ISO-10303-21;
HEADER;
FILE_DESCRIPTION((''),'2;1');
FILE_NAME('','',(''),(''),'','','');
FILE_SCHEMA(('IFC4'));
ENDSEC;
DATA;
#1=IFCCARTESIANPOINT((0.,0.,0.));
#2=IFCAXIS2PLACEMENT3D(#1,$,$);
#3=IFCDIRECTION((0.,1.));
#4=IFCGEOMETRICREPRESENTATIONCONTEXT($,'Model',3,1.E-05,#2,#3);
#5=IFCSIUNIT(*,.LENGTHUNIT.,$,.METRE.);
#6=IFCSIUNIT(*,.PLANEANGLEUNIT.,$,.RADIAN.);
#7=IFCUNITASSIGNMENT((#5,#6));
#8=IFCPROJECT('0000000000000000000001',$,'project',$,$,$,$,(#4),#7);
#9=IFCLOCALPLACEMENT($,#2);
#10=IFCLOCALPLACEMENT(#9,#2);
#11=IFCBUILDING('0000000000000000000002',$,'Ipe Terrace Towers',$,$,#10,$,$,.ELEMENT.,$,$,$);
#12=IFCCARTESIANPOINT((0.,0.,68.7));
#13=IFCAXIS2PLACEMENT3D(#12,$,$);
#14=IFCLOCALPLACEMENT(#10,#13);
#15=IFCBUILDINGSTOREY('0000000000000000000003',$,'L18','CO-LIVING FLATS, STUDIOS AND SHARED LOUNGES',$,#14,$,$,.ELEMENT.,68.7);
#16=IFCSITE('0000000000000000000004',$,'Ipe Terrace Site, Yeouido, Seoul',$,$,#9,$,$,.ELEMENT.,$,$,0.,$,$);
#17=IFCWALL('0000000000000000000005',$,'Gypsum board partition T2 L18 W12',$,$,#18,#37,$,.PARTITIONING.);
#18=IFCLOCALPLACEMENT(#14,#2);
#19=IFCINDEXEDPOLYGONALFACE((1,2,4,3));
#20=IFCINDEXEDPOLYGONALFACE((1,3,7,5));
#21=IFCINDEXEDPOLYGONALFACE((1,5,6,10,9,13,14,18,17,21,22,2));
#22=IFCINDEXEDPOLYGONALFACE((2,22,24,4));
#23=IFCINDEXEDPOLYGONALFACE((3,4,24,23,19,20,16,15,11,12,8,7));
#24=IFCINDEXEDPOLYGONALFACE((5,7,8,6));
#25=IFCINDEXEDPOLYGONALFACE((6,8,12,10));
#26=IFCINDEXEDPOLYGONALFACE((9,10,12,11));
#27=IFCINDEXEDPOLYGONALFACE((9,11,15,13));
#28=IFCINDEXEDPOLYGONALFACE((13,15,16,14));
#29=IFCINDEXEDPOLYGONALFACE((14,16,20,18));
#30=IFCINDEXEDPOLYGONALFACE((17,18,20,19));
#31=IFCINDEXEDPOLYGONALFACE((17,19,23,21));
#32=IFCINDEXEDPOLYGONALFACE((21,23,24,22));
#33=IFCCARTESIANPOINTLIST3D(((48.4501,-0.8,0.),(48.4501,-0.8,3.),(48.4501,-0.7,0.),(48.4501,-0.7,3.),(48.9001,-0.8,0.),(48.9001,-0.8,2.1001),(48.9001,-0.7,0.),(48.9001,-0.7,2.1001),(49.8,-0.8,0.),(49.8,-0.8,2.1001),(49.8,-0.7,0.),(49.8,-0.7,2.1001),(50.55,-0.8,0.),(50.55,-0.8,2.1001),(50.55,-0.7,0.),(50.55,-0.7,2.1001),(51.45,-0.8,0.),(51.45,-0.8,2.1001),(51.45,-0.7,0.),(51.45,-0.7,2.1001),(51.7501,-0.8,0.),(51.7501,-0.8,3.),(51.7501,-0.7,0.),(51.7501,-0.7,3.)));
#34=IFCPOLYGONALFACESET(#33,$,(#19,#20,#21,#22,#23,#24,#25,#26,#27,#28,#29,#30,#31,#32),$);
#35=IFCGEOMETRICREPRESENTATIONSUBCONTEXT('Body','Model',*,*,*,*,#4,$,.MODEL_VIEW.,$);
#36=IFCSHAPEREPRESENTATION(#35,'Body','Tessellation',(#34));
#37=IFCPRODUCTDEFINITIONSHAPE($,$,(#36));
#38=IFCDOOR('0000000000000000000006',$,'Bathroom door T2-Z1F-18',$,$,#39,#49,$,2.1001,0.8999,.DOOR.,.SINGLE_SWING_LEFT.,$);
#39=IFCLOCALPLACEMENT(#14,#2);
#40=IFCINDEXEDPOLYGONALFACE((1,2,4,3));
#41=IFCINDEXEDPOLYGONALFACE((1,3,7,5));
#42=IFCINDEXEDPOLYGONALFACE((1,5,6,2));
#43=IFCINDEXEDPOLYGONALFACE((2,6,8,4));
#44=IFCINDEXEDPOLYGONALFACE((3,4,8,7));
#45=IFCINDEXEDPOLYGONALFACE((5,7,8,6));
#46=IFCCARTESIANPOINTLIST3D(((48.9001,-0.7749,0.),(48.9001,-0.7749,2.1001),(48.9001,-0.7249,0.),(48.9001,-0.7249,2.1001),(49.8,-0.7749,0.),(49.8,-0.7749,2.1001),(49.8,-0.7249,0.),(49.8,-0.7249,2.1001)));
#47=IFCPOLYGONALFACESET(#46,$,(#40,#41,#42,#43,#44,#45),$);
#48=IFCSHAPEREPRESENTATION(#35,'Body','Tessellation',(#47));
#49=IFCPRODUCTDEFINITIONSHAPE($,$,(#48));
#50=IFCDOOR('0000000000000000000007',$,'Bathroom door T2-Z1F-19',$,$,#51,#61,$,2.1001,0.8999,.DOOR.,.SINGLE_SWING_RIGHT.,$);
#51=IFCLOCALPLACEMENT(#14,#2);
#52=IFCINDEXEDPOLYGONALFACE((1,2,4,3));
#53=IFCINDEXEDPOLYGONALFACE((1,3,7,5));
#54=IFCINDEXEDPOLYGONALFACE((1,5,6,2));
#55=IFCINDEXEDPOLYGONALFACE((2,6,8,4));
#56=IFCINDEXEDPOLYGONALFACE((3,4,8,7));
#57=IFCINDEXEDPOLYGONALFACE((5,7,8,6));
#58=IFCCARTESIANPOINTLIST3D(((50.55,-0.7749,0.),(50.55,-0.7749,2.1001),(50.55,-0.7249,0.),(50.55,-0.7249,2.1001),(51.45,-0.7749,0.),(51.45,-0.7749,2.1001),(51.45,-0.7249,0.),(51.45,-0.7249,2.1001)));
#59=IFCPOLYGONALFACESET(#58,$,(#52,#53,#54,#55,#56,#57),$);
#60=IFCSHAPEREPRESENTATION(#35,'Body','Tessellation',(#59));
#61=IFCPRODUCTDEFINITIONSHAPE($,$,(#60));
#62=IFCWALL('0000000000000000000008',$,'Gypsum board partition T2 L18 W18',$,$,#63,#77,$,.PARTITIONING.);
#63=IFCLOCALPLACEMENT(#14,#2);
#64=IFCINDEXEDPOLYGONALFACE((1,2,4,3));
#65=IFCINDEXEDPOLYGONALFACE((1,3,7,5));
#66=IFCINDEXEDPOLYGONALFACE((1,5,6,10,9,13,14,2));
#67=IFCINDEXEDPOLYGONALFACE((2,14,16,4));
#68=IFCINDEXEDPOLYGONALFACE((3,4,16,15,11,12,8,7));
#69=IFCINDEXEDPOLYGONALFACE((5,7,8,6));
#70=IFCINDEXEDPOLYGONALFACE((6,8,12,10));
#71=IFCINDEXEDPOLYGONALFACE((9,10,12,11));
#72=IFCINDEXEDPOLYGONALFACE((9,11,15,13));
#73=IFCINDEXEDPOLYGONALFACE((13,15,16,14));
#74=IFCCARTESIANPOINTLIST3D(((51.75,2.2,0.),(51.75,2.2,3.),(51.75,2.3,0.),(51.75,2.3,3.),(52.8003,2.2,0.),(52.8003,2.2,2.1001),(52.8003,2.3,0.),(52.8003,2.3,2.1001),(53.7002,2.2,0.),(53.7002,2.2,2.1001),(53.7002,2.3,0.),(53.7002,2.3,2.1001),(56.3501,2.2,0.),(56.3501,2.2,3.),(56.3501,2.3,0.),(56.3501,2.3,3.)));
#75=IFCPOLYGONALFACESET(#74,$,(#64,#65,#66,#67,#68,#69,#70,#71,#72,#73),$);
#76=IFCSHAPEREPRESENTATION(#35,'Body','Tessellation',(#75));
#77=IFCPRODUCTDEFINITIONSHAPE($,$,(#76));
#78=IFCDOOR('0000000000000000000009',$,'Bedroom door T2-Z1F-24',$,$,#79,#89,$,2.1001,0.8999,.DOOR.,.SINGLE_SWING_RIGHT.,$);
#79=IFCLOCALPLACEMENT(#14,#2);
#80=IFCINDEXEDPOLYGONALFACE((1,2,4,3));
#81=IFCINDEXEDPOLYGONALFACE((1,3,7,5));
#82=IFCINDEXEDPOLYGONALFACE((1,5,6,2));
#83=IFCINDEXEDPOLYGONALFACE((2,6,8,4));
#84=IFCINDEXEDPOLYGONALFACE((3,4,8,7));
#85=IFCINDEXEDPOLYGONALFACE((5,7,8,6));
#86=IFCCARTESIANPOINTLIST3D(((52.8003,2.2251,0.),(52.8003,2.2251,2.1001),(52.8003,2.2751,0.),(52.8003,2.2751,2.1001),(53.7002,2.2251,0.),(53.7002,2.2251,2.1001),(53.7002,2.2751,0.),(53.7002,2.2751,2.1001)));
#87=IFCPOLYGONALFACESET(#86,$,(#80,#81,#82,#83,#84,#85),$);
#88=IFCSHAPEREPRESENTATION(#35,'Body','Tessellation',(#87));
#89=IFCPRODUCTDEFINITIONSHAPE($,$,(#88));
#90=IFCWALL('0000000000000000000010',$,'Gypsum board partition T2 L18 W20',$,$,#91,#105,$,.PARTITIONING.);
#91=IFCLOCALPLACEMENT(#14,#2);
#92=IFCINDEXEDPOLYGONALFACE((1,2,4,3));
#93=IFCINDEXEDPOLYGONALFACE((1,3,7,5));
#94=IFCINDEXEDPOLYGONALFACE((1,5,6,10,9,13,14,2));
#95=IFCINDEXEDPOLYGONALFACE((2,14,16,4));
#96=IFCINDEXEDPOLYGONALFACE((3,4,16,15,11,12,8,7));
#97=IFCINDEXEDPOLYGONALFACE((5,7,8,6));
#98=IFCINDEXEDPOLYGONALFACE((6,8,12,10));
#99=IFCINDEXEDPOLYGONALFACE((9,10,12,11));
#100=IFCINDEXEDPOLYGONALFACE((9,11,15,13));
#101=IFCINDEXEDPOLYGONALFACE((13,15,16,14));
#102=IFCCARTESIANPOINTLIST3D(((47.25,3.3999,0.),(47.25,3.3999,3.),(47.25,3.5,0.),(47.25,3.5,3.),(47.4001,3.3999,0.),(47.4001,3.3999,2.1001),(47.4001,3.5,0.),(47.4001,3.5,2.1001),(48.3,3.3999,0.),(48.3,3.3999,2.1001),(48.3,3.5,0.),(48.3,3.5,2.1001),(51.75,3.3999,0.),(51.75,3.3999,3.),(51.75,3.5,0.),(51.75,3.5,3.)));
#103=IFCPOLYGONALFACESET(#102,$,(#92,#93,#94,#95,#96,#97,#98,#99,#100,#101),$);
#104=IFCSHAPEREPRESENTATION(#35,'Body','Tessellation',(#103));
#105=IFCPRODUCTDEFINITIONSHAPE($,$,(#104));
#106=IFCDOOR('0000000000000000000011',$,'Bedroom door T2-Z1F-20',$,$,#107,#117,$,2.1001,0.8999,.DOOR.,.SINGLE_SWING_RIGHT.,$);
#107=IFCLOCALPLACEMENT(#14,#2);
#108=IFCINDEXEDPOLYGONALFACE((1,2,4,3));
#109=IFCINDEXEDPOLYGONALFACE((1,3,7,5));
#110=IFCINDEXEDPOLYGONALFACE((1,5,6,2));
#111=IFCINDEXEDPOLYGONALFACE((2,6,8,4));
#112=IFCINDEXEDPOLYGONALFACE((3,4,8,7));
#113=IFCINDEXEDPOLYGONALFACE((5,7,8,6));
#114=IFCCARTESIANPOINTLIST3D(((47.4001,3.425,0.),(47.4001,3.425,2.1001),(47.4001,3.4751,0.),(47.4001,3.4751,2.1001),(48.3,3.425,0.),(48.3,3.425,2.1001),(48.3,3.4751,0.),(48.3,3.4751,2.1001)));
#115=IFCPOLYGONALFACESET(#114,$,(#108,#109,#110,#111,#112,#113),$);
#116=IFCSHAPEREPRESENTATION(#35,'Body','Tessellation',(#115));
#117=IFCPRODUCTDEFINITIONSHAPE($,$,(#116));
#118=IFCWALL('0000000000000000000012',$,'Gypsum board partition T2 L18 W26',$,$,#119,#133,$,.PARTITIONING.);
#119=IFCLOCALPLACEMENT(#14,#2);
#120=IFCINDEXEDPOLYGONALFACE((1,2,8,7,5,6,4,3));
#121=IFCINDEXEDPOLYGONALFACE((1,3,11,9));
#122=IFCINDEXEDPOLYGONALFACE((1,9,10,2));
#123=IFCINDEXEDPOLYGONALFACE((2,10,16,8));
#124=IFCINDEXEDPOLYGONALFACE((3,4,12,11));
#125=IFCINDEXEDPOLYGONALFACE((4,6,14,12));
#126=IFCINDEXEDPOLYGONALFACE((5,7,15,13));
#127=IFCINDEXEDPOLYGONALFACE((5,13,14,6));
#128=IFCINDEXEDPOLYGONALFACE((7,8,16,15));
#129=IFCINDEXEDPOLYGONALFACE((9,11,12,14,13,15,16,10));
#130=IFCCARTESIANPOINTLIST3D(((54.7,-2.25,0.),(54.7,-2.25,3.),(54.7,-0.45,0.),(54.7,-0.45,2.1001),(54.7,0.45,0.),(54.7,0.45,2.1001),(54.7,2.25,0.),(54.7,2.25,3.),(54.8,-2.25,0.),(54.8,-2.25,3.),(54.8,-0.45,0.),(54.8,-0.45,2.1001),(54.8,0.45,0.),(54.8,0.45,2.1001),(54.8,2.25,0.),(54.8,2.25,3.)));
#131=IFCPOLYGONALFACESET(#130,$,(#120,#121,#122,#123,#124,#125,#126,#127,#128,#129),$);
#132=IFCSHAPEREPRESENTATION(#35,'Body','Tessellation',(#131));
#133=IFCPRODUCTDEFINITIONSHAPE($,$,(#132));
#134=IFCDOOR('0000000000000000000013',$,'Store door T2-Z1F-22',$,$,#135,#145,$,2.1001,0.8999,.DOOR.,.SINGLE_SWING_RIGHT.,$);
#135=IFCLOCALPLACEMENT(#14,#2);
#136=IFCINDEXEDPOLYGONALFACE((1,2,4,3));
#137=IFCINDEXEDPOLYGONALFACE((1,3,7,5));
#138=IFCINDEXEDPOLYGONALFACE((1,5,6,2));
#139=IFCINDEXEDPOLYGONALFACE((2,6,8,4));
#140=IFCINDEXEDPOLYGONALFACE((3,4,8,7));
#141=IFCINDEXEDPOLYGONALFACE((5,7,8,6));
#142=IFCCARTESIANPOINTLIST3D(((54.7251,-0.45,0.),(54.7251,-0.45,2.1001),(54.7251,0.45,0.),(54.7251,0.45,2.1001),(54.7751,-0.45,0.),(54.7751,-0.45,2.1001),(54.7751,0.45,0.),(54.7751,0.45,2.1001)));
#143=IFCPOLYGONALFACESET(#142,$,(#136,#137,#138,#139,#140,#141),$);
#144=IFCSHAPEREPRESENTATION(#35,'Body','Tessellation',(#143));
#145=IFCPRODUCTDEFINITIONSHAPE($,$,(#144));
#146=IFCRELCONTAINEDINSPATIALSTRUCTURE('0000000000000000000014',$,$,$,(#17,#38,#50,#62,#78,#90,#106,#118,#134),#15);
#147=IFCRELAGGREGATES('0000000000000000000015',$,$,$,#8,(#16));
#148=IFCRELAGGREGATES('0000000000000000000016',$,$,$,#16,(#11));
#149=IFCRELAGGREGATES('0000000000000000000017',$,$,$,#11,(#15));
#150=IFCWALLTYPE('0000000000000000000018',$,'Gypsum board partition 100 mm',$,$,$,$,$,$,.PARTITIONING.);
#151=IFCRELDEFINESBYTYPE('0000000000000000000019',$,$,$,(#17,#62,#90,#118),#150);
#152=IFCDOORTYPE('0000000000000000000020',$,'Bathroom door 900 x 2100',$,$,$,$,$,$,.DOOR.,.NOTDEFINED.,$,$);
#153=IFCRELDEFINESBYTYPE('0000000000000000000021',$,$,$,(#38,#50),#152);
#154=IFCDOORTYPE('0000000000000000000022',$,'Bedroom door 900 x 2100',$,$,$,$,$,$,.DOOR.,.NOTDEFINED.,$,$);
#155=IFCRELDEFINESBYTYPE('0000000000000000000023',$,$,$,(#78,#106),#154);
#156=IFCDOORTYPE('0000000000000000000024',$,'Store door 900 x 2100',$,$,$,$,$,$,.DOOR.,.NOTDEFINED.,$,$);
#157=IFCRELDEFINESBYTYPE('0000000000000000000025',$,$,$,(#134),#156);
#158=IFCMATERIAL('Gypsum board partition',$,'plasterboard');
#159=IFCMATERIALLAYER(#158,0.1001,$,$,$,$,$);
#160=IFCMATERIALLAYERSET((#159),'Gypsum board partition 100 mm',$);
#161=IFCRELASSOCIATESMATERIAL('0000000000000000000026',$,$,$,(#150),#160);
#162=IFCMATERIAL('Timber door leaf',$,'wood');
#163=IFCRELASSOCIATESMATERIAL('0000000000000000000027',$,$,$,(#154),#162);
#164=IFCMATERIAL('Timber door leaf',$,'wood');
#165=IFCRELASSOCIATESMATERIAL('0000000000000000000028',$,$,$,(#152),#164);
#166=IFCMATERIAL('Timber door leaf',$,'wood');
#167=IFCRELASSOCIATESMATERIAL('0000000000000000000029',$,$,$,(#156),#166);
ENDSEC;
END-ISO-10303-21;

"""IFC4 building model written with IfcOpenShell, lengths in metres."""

from ifc_helpers import new_model, si_unit, direction, frame, frame_2d, origin, place, context, subcontext, project, spatial, rectangle, extrude, material, layer, layer_set, type_object, element, fill, save


model = new_model("IFC4")

# Units and contexts
model_context = context("Model", 3, precision=1e-05, world=origin(), true_north=direction((0.0, 1.0)))
body_context = subcontext(model_context, "Body", "Model", "MODEL_VIEW")
ifc_project = project(units=[si_unit("LENGTHUNIT", "METRE"), si_unit("PLANEANGLEUNIT", "RADIAN")], contexts=[model_context])

# Site, building, storey
site_placement = place(None, origin())
site = spatial("IfcSite", under=ifc_project, at=site_placement, Name="Ipe Terrace Site, Yeouido, Seoul", CompositionType="ELEMENT", RefElevation=0.0)
building_placement = place(site_placement, origin())
building = spatial("IfcBuilding", under=site, at=building_placement, Name="Ipe Terrace Towers", CompositionType="ELEMENT")
storey_placement = place(building_placement, frame((0.0, 0.0, 68.7)))
storey = spatial("IfcBuildingStorey", under=building, at=storey_placement, Name="L18", Description="CO-LIVING FLATS, STUDIOS AND SHARED LOUNGES", CompositionType="ELEMENT", Elevation=68.7)

# Shared definitions
ifc_material_1 = material(Name="Gypsum board partition", Category="plasterboard")
ifc_layer_1 = layer(ifc_material_1, 0.1001)
ifc_layer_set_1 = layer_set([ifc_layer_1], Name="Gypsum board partition 100 mm")
wall_type_1 = type_object("IfcWallType", Name="Gypsum board partition 100 mm", PredefinedType="PARTITIONING", material=ifc_layer_set_1)
ifc_material_2 = material(Name="Timber door leaf", Category="wood")
door_type_1 = type_object("IfcDoorType", Name="Bedroom door 900 x 2100", OperationType="NOTDEFINED", PredefinedType="DOOR", material=ifc_material_2)

# Wall, openings, doors
wall_1_placement = place(storey_placement, frame((51.75, -0.75, 0.0), z_axis=(0.0, 0.0, 1.0), x_axis=(-1.0, 0.0, 0.0)))
wall_1 = element("IfcWall", 1, at=wall_1_placement, inside=storey, type_object=wall_type_1, Name="Gypsum board partition T2 L18 W12", PredefinedType="PARTITIONING", context=body_context, shape_type="SweptSolid", body=[
    extrude(rectangle(XDim=3.3, YDim=0.1001, at=frame_2d((1.6499, 0.0))), origin(), (0.0, 0.0, 1.0), 3.0),
])
opening_1_placement = place(wall_1_placement, frame((1.95, 0.0, 0.0)))
opening_1 = element("IfcOpeningElement", 2, at=opening_1_placement, cuts=wall_1, PredefinedType="OPENING", context=body_context, shape_type="SweptSolid", body=[
    extrude(rectangle(XDim=0.8999, YDim=2.1001, at=frame_2d((0.45, 1.05))), frame((0.0, 0.0601, 0.0), z_axis=(0.0, -1.0, 0.0), x_axis=(1.0, 0.0, 0.0)), (0.0, 0.0, 1.0), 0.1201),
])
opening_2_placement = place(wall_1_placement, frame((0.3, 0.0, 0.0)))
opening_2 = element("IfcOpeningElement", 3, at=opening_2_placement, cuts=wall_1, PredefinedType="OPENING", context=body_context, shape_type="SweptSolid", body=[
    extrude(rectangle(XDim=0.8999, YDim=2.1001, at=frame_2d((0.45, 1.05))), frame((0.0, 0.0601, 0.0), z_axis=(0.0, -1.0, 0.0), x_axis=(1.0, 0.0, 0.0)), (0.0, 0.0, 1.0), 0.1201),
])
ifc_material_3 = material(Name="Timber door leaf", Category="wood")
door_type_2 = type_object("IfcDoorType", Name="Bathroom door 900 x 2100", OperationType="NOTDEFINED", PredefinedType="DOOR", material=ifc_material_3)
door_1_placement = place(opening_1_placement, origin())
door_1 = element("IfcDoor", 4, at=door_1_placement, inside=storey, type_object=door_type_2, Name="Bathroom door T2-Z1F-18", OperationType="SINGLE_SWING_LEFT", OverallHeight=2.1001, OverallWidth=0.8999, PredefinedType="DOOR", context=body_context, shape_type="SweptSolid", body=[
    extrude(rectangle(XDim=0.8999, YDim=2.1001, at=frame_2d((0.45, 1.05))), frame((0.0, 0.0249, 0.0), z_axis=(0.0, -1.0, 0.0), x_axis=(1.0, 0.0, 0.0)), (0.0, 0.0, 1.0), 0.05),
])
fill(opening_1, door_1)
door_2_placement = place(opening_2_placement, origin())
door_2 = element("IfcDoor", 5, at=door_2_placement, inside=storey, type_object=door_type_2, Name="Bathroom door T2-Z1F-19", OperationType="SINGLE_SWING_RIGHT", OverallHeight=2.1001, OverallWidth=0.8999, PredefinedType="DOOR", context=body_context, shape_type="SweptSolid", body=[
    extrude(rectangle(XDim=0.8999, YDim=2.1001, at=frame_2d((0.45, 1.05))), frame((0.0, 0.0249, 0.0), z_axis=(0.0, -1.0, 0.0), x_axis=(1.0, 0.0, 0.0)), (0.0, 0.0, 1.0), 0.05),
])
fill(opening_2, door_2)

# Walls, openings, doors
wall_2_placement = place(storey_placement, frame((56.3501, 2.25, 0.0), z_axis=(0.0, 0.0, 1.0), x_axis=(-1.0, 0.0, 0.0)))
wall_2 = element("IfcWall", 6, at=wall_2_placement, inside=storey, type_object=wall_type_1, Name="Gypsum board partition T2 L18 W18", PredefinedType="PARTITIONING", context=body_context, shape_type="SweptSolid", body=[
    extrude(rectangle(XDim=4.6001, YDim=0.1001, at=frame_2d((2.3, 0.0))), origin(), (0.0, 0.0, 1.0), 3.0),
])
opening_3_placement = place(wall_2_placement, frame((2.6499, 0.0, 0.0)))
opening_3 = element("IfcOpeningElement", 7, at=opening_3_placement, cuts=wall_2, PredefinedType="OPENING", context=body_context, shape_type="SweptSolid", body=[
    extrude(rectangle(XDim=0.8999, YDim=2.1001, at=frame_2d((0.45, 1.05))), frame((0.0, 0.0601, 0.0), z_axis=(0.0, -1.0, 0.0), x_axis=(1.0, 0.0, 0.0)), (0.0, 0.0, 1.0), 0.1201),
])
door_3_placement = place(opening_3_placement, origin())
door_3 = element("IfcDoor", 8, at=door_3_placement, inside=storey, type_object=door_type_1, Name="Bedroom door T2-Z1F-24", OperationType="SINGLE_SWING_RIGHT", OverallHeight=2.1001, OverallWidth=0.8999, PredefinedType="DOOR", context=body_context, shape_type="SweptSolid", body=[
    extrude(rectangle(XDim=0.8999, YDim=2.1001, at=frame_2d((0.45, 1.05))), frame((0.0, 0.0249, 0.0), z_axis=(0.0, -1.0, 0.0), x_axis=(1.0, 0.0, 0.0)), (0.0, 0.0, 1.0), 0.05),
])
fill(opening_3, door_3)
wall_3_placement = place(storey_placement, frame((51.75, 3.45, 0.0), z_axis=(0.0, 0.0, 1.0), x_axis=(-1.0, 0.0, 0.0)))
wall_3 = element("IfcWall", 9, at=wall_3_placement, inside=storey, type_object=wall_type_1, Name="Gypsum board partition T2 L18 W20", PredefinedType="PARTITIONING", context=body_context, shape_type="SweptSolid", body=[
    extrude(rectangle(XDim=4.5, YDim=0.1001, at=frame_2d((2.25, 0.0))), origin(), (0.0, 0.0, 1.0), 3.0),
])
opening_4_placement = place(wall_3_placement, frame((3.45, 0.0, 0.0)))
opening_4 = element("IfcOpeningElement", 10, at=opening_4_placement, cuts=wall_3, PredefinedType="OPENING", context=body_context, shape_type="SweptSolid", body=[
    extrude(rectangle(XDim=0.8999, YDim=2.1001, at=frame_2d((0.45, 1.05))), frame((0.0, 0.0601, 0.0), z_axis=(0.0, -1.0, 0.0), x_axis=(1.0, 0.0, 0.0)), (0.0, 0.0, 1.0), 0.1201),
])
door_4_placement = place(opening_4_placement, origin())
door_4 = element("IfcDoor", 11, at=door_4_placement, inside=storey, type_object=door_type_1, Name="Bedroom door T2-Z1F-20", OperationType="SINGLE_SWING_RIGHT", OverallHeight=2.1001, OverallWidth=0.8999, PredefinedType="DOOR", context=body_context, shape_type="SweptSolid", body=[
    extrude(rectangle(XDim=0.8999, YDim=2.1001, at=frame_2d((0.45, 1.05))), frame((0.0, 0.0249, 0.0), z_axis=(0.0, -1.0, 0.0), x_axis=(1.0, 0.0, 0.0)), (0.0, 0.0, 1.0), 0.05),
])
fill(opening_4, door_4)
wall_4_placement = place(storey_placement, frame((54.75, -2.25, 0.0), z_axis=(0.0, 0.0, 1.0), x_axis=(0.0, 1.0, 0.0)))
wall_4 = element("IfcWall", 12, at=wall_4_placement, inside=storey, type_object=wall_type_1, Name="Gypsum board partition T2 L18 W26", PredefinedType="PARTITIONING", context=body_context, shape_type="SweptSolid", body=[
    extrude(rectangle(XDim=4.5, YDim=0.1001, at=frame_2d((2.25, 0.0))), origin(), (0.0, 0.0, 1.0), 3.0),
])
opening_5_placement = place(wall_4_placement, frame((1.8, 0.0, 0.0)))
opening_5 = element("IfcOpeningElement", 13, at=opening_5_placement, cuts=wall_4, PredefinedType="OPENING", context=body_context, shape_type="SweptSolid", body=[
    extrude(rectangle(XDim=0.8999, YDim=2.1001, at=frame_2d((0.45, 1.05))), frame((0.0, 0.0601, 0.0), z_axis=(0.0, -1.0, 0.0), x_axis=(1.0, 0.0, 0.0)), (0.0, 0.0, 1.0), 0.1201),
])
ifc_material_4 = material(Name="Timber door leaf", Category="wood")
door_type_3 = type_object("IfcDoorType", Name="Store door 900 x 2100", OperationType="NOTDEFINED", PredefinedType="DOOR", material=ifc_material_4)
door_5_placement = place(opening_5_placement, origin())
door_5 = element("IfcDoor", 14, at=door_5_placement, inside=storey, type_object=door_type_3, Name="Store door T2-Z1F-22", OperationType="SINGLE_SWING_RIGHT", OverallHeight=2.1001, OverallWidth=0.8999, PredefinedType="DOOR", context=body_context, shape_type="SweptSolid", body=[
    extrude(rectangle(XDim=0.8999, YDim=2.1001, at=frame_2d((0.45, 1.05))), frame((0.0, 0.0249, 0.0), z_axis=(0.0, -1.0, 0.0), x_axis=(1.0, 0.0, 0.0)), (0.0, 0.0, 1.0), 0.05),
])
fill(opening_5, door_5)

save(model, "model.ifc")
